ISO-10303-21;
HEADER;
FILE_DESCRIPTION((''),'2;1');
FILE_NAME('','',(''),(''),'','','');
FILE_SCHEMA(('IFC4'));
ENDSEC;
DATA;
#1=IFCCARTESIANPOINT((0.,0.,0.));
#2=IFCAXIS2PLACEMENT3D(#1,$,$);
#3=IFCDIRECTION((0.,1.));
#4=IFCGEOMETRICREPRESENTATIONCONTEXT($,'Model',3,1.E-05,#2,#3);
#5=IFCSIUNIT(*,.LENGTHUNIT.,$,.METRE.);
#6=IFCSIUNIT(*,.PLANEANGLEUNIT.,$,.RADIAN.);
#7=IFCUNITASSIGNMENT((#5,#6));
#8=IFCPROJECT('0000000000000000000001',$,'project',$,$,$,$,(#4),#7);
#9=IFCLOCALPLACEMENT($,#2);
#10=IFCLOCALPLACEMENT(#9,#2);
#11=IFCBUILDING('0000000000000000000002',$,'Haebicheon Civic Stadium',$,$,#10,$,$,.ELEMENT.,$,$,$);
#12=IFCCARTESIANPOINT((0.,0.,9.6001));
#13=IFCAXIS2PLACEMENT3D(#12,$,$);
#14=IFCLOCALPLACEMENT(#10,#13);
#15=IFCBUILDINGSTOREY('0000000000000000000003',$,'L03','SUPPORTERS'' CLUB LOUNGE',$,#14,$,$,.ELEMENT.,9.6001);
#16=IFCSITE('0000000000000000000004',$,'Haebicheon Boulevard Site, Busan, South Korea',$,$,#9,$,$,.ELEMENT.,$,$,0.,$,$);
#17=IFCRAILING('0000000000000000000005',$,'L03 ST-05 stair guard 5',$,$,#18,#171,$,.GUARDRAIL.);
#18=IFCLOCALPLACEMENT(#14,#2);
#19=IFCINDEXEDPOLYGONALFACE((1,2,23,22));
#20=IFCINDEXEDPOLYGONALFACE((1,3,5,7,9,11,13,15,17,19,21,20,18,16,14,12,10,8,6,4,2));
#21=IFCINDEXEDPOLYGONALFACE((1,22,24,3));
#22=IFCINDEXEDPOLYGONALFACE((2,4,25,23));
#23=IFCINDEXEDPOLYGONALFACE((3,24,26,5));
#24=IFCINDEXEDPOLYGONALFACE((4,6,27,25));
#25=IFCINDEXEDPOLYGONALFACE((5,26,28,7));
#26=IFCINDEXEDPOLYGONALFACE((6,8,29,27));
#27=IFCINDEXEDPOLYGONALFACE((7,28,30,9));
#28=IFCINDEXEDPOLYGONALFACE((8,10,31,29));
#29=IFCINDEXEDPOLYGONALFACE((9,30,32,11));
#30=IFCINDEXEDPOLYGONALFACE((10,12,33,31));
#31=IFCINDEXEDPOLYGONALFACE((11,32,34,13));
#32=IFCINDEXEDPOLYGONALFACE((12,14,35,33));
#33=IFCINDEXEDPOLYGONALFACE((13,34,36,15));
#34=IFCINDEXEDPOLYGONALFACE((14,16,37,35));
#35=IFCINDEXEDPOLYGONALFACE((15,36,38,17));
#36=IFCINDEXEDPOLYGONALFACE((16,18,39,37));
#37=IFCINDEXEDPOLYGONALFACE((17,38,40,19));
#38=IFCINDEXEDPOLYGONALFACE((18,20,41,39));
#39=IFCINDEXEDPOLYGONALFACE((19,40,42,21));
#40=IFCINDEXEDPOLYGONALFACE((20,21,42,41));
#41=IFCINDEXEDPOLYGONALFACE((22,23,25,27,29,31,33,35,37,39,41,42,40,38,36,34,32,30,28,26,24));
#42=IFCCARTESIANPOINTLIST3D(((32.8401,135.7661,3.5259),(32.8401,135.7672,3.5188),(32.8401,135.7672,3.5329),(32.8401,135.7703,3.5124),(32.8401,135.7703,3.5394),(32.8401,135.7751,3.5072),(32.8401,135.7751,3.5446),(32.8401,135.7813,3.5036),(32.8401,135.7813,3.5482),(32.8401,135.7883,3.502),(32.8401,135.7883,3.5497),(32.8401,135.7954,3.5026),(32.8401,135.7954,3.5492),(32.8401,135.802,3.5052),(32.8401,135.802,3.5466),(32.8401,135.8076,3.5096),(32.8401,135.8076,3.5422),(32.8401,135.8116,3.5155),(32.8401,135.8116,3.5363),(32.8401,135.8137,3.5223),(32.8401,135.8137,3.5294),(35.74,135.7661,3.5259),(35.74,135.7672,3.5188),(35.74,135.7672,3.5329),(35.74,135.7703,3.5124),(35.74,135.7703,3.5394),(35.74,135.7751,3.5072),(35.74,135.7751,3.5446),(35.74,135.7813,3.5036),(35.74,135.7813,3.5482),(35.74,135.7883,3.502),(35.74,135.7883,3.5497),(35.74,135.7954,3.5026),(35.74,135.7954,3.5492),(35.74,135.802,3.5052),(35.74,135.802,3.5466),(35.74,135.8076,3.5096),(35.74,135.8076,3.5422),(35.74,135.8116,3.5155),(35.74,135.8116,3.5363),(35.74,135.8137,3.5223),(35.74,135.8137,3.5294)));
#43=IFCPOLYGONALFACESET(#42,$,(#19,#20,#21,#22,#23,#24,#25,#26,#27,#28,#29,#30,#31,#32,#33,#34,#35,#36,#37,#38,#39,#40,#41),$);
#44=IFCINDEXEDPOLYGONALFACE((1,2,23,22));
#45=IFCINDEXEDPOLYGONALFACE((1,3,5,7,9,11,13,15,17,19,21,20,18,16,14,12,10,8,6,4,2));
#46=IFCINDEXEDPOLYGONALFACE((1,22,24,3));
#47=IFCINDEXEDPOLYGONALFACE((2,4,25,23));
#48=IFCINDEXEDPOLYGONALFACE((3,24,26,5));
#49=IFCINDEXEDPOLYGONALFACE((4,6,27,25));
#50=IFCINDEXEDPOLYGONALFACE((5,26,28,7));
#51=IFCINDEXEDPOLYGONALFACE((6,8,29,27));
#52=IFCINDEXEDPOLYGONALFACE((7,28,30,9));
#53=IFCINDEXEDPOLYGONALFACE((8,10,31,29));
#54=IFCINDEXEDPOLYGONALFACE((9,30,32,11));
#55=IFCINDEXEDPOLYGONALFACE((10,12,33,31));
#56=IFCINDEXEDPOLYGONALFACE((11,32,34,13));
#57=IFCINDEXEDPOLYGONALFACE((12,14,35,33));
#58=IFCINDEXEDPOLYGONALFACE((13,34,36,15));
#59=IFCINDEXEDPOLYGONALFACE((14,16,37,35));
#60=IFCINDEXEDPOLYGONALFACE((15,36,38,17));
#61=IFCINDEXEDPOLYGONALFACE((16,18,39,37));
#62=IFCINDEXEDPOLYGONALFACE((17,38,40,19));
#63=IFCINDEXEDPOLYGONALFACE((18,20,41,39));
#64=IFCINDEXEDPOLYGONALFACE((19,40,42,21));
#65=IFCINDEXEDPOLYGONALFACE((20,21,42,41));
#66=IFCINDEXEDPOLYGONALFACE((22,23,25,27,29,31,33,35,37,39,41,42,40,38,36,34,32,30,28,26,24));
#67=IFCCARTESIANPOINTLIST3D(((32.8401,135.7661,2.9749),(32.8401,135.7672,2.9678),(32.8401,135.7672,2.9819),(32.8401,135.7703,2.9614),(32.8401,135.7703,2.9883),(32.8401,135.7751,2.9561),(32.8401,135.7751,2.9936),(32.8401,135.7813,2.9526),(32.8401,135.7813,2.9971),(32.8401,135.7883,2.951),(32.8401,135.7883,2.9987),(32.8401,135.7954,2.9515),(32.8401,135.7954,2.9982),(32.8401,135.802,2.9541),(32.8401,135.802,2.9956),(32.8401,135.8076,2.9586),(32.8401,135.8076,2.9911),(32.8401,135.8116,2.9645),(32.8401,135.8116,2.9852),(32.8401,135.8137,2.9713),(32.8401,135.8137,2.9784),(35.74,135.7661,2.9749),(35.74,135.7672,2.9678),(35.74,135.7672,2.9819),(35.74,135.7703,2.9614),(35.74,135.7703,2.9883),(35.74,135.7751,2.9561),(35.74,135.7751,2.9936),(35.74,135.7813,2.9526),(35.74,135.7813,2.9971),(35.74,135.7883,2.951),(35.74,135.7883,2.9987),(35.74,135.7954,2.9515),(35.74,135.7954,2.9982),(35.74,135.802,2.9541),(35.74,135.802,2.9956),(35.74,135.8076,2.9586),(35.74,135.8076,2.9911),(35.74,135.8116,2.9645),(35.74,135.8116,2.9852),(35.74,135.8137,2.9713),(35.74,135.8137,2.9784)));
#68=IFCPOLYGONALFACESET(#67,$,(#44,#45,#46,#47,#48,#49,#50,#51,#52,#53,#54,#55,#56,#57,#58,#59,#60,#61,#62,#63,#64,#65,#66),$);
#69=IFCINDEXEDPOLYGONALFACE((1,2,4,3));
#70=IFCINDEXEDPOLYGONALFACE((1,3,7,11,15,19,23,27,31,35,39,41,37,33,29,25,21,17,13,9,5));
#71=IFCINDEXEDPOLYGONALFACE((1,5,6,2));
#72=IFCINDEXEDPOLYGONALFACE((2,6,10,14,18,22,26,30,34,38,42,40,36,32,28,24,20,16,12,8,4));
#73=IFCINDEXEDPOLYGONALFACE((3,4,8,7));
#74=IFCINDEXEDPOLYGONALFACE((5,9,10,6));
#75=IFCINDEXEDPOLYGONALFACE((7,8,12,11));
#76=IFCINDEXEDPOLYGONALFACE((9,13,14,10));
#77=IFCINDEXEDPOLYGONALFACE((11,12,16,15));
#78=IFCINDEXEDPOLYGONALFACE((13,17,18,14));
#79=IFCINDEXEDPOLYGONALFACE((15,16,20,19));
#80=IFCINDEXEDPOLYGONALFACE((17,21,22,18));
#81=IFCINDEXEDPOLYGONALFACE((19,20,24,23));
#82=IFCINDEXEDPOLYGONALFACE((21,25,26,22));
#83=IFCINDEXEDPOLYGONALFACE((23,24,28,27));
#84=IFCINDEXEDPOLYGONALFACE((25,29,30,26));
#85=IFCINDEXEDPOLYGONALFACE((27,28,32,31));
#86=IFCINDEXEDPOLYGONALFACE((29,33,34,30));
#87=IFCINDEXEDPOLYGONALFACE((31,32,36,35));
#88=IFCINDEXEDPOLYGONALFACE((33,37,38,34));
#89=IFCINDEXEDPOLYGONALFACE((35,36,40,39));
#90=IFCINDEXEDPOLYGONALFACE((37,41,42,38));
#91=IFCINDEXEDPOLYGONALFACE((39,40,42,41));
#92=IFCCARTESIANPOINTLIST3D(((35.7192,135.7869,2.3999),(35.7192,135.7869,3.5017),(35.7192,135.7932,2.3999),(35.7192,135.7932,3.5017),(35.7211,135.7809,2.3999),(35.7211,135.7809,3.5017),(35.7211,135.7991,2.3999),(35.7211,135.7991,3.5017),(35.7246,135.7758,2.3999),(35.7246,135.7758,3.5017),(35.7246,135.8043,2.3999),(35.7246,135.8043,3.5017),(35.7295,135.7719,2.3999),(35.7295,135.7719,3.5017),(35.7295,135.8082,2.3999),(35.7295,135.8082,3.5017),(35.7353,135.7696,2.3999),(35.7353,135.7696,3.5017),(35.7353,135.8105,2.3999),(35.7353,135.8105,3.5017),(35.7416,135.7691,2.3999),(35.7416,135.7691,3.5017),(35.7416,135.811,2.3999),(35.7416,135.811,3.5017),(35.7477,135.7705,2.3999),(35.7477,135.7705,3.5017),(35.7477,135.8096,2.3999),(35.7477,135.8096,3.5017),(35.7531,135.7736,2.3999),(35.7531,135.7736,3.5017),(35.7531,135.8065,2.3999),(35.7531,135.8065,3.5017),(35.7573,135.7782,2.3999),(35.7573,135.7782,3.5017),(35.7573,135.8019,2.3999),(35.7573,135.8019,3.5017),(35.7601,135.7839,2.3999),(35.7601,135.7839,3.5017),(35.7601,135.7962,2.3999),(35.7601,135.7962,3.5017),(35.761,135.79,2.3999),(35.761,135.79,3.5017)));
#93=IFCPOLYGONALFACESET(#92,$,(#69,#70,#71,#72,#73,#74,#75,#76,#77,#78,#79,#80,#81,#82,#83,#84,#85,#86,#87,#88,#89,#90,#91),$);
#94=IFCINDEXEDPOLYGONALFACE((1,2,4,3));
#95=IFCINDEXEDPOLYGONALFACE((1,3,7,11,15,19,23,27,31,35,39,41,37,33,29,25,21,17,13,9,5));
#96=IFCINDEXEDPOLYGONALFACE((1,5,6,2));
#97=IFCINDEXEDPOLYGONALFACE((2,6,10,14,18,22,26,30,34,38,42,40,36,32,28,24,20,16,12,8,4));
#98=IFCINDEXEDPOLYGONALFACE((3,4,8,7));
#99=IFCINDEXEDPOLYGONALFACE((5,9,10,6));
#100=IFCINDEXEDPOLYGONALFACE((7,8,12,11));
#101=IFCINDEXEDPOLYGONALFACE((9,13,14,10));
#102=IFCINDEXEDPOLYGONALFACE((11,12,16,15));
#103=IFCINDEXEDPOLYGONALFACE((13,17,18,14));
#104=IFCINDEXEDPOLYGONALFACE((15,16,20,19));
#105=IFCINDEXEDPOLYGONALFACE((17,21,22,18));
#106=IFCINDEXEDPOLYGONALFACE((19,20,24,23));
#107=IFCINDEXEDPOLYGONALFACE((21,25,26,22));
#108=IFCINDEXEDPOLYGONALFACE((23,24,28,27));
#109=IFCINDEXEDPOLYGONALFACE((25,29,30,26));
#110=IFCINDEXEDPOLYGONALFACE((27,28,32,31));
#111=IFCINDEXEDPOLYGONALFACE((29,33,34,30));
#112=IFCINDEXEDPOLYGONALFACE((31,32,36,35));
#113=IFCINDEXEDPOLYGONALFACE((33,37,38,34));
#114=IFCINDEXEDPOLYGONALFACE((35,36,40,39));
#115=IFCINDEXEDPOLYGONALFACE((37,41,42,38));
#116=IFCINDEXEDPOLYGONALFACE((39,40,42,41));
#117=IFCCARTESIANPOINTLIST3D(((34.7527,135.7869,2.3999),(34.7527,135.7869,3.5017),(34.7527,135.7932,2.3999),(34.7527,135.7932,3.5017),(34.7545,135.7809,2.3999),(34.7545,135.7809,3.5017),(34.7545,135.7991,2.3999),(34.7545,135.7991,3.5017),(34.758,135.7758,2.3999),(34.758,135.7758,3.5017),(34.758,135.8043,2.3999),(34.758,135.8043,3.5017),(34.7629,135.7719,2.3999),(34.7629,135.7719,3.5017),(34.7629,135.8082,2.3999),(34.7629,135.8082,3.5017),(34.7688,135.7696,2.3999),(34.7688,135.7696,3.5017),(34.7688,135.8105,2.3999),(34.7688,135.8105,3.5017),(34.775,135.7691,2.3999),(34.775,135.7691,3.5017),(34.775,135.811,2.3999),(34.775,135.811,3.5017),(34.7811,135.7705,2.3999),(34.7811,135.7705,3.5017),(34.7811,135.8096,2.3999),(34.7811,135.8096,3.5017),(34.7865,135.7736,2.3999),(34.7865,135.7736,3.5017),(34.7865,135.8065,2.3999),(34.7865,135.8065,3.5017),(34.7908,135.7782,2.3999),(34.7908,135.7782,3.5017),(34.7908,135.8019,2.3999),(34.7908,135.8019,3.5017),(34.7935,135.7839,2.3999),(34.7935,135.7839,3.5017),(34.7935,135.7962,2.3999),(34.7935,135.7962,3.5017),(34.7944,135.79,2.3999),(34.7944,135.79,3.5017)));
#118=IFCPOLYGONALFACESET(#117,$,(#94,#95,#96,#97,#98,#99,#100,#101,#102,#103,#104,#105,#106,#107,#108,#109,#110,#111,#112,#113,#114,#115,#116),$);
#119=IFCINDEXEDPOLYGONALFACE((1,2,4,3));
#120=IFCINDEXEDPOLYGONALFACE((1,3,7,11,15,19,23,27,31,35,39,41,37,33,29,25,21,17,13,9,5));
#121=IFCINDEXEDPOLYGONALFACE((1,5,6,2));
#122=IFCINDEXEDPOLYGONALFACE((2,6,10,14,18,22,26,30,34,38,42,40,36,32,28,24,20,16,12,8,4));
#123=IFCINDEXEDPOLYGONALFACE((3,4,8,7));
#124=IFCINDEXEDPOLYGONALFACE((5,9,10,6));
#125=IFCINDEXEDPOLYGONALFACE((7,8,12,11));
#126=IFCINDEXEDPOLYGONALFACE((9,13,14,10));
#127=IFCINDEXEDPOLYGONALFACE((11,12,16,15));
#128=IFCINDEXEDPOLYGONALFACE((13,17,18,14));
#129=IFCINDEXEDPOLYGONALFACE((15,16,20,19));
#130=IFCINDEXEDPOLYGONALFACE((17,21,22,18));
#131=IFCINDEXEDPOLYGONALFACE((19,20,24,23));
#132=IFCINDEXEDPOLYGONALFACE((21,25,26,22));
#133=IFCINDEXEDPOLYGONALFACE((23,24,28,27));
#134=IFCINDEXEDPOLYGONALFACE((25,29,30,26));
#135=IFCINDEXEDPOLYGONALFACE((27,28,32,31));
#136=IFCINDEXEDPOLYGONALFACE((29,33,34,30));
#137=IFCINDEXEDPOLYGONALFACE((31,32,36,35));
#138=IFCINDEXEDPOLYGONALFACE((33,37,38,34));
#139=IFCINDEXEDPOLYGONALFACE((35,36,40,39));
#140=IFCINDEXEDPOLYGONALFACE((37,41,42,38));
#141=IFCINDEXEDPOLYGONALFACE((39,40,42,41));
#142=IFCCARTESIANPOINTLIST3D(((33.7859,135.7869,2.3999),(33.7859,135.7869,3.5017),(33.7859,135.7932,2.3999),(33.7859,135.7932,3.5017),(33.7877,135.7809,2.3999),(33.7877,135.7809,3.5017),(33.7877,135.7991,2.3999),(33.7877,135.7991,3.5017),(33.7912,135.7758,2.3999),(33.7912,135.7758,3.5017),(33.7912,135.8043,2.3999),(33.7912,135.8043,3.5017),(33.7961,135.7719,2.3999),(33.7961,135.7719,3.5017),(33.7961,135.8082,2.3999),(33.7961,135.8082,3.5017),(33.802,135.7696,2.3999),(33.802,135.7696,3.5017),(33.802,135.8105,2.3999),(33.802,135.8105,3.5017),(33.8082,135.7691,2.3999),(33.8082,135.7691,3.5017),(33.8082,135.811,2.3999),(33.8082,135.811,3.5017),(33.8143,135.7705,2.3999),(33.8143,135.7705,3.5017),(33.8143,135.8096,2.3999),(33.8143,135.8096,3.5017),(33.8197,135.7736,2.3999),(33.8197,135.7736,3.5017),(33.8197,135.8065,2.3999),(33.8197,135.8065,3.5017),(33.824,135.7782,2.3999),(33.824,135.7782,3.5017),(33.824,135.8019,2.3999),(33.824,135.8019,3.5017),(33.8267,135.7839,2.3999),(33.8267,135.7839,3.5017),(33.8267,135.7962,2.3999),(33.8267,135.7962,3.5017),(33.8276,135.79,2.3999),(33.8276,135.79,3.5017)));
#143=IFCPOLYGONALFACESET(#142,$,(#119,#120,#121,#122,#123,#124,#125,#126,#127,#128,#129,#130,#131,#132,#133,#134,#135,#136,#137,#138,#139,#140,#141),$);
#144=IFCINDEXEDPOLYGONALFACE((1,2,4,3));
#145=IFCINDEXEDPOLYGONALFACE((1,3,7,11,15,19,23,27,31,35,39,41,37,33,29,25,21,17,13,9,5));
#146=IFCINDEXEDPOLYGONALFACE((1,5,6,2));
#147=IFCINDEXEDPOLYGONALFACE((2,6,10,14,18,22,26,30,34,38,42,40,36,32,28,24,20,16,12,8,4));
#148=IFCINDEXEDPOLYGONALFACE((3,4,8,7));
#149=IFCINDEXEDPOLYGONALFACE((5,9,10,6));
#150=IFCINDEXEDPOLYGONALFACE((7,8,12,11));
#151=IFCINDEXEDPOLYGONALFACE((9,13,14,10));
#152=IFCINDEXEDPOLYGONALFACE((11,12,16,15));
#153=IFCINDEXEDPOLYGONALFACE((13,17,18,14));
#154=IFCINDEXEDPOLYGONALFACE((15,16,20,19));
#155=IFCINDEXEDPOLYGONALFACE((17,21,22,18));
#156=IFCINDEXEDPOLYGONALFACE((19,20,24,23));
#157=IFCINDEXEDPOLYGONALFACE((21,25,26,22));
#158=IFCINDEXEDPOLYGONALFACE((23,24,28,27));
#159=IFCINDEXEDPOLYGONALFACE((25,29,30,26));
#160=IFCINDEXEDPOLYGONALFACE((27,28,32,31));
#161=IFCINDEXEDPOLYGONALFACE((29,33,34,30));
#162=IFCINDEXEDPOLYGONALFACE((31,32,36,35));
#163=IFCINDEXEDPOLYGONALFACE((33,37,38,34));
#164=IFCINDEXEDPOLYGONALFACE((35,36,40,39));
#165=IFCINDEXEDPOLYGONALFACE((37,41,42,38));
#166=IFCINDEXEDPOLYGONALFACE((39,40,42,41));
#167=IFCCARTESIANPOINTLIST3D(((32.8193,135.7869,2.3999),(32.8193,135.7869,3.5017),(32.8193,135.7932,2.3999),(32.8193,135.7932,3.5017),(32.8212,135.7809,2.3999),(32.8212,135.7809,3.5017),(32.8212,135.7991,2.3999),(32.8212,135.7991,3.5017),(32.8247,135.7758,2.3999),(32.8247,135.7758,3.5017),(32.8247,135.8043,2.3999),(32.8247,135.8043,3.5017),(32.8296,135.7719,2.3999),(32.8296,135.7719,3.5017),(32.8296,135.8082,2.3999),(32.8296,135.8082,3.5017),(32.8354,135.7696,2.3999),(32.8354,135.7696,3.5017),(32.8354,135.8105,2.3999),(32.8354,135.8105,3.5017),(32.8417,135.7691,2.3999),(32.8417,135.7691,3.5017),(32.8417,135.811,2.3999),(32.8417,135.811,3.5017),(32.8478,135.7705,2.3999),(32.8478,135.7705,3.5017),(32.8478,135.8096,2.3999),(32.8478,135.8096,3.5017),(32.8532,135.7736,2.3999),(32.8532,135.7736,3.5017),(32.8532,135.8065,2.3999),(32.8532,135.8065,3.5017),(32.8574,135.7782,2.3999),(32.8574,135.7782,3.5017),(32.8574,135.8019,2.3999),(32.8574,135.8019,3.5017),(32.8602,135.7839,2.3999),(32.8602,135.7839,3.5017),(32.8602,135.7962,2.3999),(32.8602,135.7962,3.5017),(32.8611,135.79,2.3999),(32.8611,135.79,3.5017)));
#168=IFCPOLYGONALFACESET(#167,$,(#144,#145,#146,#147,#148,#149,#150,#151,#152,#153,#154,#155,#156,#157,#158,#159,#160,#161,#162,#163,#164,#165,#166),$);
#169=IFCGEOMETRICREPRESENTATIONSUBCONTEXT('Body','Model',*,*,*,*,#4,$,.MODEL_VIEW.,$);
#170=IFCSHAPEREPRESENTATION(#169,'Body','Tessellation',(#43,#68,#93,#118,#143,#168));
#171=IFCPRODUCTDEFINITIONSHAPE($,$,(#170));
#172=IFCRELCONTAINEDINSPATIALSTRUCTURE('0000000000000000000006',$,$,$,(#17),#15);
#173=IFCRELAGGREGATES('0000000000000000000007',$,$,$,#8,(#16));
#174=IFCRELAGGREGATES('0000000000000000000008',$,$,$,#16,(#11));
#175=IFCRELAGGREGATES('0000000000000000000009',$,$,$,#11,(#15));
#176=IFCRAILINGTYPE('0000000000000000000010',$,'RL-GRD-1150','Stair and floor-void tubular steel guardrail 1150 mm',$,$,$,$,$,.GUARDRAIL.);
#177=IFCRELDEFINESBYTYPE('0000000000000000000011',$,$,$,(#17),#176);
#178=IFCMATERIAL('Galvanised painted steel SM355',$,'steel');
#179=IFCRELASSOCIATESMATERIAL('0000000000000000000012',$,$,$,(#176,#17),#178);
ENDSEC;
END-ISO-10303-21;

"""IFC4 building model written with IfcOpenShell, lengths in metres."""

from ifc_helpers import new_model, si_unit, direction, frame, origin, origin_2d, place, context, subcontext, project, spatial, circle, extrude, material, type_object, element, save


model = new_model("IFC4")

# Units and contexts
model_context = context("Model", 3, precision=1e-05, world=origin(), true_north=direction((0.0, 1.0)))
body_context = subcontext(model_context, "Body", "Model", "MODEL_VIEW")
ifc_project = project(units=[si_unit("LENGTHUNIT", "METRE"), si_unit("PLANEANGLEUNIT", "RADIAN")], contexts=[model_context])

# Site, building, storey
site_placement = place(None, origin())
site = spatial("IfcSite", under=ifc_project, at=site_placement, Name="Haebicheon Boulevard Site, Busan, South Korea", CompositionType="ELEMENT", RefElevation=0.0)
building_placement = place(site_placement, origin())
building = spatial("IfcBuilding", under=site, at=building_placement, Name="Haebicheon Civic Stadium", CompositionType="ELEMENT")
storey_placement = place(building_placement, frame((0.0, 0.0, 9.6001)))
storey = spatial("IfcBuildingStorey", under=building, at=storey_placement, Name="L03", Description="SUPPORTERS' CLUB LOUNGE", CompositionType="ELEMENT", Elevation=9.6001)

# Railing
ifc_material_1 = material(Name="Galvanised painted steel SM355", Category="steel")
railing_type_1 = type_object("IfcRailingType", Name="RL-GRD-1150", Description="Stair and floor-void tubular steel guardrail 1150 mm", PredefinedType="GUARDRAIL", material=ifc_material_1)
railing_1_placement = place(storey_placement, frame((35.74, 135.79, 2.3999)))
element("IfcRailing", 1, at=railing_1_placement, inside=storey, type_object=railing_type_1, material=ifc_material_1, Name="L03 ST-05 stair guard 5", PredefinedType="GUARDRAIL", context=body_context, shape_type="SweptSolid", body=[
    extrude(circle(Radius=0.0239, at=origin_2d()), frame((0.0, 0.0, 1.126), z_axis=(-1.0, 0.0, 0.0), x_axis=(0.0, -1.0, 0.0)), (0.0, 0.0, 1.0), 2.8999),
    extrude(circle(Radius=0.0239, at=origin_2d()), frame((0.0, 0.0, 0.575), z_axis=(-1.0, 0.0, 0.0), x_axis=(0.0, -1.0, 0.0)), (0.0, 0.0, 1.0), 2.8999),
    extrude(circle(Radius=0.021, at=origin_2d()), origin(), (0.0, 0.0, 1.0), 1.1018),
    extrude(circle(Radius=0.021, at=origin_2d()), frame((-0.9666, 0.0, 0.0)), (0.0, 0.0, 1.0), 1.1018),
    extrude(circle(Radius=0.021, at=origin_2d()), frame((-1.9333, 0.0, 0.0)), (0.0, 0.0, 1.0), 1.1018),
    extrude(circle(Radius=0.021, at=origin_2d()), frame((-2.8999, 0.0, 0.0)), (0.0, 0.0, 1.0), 1.1018),
])

save(model, "model.ifc")
